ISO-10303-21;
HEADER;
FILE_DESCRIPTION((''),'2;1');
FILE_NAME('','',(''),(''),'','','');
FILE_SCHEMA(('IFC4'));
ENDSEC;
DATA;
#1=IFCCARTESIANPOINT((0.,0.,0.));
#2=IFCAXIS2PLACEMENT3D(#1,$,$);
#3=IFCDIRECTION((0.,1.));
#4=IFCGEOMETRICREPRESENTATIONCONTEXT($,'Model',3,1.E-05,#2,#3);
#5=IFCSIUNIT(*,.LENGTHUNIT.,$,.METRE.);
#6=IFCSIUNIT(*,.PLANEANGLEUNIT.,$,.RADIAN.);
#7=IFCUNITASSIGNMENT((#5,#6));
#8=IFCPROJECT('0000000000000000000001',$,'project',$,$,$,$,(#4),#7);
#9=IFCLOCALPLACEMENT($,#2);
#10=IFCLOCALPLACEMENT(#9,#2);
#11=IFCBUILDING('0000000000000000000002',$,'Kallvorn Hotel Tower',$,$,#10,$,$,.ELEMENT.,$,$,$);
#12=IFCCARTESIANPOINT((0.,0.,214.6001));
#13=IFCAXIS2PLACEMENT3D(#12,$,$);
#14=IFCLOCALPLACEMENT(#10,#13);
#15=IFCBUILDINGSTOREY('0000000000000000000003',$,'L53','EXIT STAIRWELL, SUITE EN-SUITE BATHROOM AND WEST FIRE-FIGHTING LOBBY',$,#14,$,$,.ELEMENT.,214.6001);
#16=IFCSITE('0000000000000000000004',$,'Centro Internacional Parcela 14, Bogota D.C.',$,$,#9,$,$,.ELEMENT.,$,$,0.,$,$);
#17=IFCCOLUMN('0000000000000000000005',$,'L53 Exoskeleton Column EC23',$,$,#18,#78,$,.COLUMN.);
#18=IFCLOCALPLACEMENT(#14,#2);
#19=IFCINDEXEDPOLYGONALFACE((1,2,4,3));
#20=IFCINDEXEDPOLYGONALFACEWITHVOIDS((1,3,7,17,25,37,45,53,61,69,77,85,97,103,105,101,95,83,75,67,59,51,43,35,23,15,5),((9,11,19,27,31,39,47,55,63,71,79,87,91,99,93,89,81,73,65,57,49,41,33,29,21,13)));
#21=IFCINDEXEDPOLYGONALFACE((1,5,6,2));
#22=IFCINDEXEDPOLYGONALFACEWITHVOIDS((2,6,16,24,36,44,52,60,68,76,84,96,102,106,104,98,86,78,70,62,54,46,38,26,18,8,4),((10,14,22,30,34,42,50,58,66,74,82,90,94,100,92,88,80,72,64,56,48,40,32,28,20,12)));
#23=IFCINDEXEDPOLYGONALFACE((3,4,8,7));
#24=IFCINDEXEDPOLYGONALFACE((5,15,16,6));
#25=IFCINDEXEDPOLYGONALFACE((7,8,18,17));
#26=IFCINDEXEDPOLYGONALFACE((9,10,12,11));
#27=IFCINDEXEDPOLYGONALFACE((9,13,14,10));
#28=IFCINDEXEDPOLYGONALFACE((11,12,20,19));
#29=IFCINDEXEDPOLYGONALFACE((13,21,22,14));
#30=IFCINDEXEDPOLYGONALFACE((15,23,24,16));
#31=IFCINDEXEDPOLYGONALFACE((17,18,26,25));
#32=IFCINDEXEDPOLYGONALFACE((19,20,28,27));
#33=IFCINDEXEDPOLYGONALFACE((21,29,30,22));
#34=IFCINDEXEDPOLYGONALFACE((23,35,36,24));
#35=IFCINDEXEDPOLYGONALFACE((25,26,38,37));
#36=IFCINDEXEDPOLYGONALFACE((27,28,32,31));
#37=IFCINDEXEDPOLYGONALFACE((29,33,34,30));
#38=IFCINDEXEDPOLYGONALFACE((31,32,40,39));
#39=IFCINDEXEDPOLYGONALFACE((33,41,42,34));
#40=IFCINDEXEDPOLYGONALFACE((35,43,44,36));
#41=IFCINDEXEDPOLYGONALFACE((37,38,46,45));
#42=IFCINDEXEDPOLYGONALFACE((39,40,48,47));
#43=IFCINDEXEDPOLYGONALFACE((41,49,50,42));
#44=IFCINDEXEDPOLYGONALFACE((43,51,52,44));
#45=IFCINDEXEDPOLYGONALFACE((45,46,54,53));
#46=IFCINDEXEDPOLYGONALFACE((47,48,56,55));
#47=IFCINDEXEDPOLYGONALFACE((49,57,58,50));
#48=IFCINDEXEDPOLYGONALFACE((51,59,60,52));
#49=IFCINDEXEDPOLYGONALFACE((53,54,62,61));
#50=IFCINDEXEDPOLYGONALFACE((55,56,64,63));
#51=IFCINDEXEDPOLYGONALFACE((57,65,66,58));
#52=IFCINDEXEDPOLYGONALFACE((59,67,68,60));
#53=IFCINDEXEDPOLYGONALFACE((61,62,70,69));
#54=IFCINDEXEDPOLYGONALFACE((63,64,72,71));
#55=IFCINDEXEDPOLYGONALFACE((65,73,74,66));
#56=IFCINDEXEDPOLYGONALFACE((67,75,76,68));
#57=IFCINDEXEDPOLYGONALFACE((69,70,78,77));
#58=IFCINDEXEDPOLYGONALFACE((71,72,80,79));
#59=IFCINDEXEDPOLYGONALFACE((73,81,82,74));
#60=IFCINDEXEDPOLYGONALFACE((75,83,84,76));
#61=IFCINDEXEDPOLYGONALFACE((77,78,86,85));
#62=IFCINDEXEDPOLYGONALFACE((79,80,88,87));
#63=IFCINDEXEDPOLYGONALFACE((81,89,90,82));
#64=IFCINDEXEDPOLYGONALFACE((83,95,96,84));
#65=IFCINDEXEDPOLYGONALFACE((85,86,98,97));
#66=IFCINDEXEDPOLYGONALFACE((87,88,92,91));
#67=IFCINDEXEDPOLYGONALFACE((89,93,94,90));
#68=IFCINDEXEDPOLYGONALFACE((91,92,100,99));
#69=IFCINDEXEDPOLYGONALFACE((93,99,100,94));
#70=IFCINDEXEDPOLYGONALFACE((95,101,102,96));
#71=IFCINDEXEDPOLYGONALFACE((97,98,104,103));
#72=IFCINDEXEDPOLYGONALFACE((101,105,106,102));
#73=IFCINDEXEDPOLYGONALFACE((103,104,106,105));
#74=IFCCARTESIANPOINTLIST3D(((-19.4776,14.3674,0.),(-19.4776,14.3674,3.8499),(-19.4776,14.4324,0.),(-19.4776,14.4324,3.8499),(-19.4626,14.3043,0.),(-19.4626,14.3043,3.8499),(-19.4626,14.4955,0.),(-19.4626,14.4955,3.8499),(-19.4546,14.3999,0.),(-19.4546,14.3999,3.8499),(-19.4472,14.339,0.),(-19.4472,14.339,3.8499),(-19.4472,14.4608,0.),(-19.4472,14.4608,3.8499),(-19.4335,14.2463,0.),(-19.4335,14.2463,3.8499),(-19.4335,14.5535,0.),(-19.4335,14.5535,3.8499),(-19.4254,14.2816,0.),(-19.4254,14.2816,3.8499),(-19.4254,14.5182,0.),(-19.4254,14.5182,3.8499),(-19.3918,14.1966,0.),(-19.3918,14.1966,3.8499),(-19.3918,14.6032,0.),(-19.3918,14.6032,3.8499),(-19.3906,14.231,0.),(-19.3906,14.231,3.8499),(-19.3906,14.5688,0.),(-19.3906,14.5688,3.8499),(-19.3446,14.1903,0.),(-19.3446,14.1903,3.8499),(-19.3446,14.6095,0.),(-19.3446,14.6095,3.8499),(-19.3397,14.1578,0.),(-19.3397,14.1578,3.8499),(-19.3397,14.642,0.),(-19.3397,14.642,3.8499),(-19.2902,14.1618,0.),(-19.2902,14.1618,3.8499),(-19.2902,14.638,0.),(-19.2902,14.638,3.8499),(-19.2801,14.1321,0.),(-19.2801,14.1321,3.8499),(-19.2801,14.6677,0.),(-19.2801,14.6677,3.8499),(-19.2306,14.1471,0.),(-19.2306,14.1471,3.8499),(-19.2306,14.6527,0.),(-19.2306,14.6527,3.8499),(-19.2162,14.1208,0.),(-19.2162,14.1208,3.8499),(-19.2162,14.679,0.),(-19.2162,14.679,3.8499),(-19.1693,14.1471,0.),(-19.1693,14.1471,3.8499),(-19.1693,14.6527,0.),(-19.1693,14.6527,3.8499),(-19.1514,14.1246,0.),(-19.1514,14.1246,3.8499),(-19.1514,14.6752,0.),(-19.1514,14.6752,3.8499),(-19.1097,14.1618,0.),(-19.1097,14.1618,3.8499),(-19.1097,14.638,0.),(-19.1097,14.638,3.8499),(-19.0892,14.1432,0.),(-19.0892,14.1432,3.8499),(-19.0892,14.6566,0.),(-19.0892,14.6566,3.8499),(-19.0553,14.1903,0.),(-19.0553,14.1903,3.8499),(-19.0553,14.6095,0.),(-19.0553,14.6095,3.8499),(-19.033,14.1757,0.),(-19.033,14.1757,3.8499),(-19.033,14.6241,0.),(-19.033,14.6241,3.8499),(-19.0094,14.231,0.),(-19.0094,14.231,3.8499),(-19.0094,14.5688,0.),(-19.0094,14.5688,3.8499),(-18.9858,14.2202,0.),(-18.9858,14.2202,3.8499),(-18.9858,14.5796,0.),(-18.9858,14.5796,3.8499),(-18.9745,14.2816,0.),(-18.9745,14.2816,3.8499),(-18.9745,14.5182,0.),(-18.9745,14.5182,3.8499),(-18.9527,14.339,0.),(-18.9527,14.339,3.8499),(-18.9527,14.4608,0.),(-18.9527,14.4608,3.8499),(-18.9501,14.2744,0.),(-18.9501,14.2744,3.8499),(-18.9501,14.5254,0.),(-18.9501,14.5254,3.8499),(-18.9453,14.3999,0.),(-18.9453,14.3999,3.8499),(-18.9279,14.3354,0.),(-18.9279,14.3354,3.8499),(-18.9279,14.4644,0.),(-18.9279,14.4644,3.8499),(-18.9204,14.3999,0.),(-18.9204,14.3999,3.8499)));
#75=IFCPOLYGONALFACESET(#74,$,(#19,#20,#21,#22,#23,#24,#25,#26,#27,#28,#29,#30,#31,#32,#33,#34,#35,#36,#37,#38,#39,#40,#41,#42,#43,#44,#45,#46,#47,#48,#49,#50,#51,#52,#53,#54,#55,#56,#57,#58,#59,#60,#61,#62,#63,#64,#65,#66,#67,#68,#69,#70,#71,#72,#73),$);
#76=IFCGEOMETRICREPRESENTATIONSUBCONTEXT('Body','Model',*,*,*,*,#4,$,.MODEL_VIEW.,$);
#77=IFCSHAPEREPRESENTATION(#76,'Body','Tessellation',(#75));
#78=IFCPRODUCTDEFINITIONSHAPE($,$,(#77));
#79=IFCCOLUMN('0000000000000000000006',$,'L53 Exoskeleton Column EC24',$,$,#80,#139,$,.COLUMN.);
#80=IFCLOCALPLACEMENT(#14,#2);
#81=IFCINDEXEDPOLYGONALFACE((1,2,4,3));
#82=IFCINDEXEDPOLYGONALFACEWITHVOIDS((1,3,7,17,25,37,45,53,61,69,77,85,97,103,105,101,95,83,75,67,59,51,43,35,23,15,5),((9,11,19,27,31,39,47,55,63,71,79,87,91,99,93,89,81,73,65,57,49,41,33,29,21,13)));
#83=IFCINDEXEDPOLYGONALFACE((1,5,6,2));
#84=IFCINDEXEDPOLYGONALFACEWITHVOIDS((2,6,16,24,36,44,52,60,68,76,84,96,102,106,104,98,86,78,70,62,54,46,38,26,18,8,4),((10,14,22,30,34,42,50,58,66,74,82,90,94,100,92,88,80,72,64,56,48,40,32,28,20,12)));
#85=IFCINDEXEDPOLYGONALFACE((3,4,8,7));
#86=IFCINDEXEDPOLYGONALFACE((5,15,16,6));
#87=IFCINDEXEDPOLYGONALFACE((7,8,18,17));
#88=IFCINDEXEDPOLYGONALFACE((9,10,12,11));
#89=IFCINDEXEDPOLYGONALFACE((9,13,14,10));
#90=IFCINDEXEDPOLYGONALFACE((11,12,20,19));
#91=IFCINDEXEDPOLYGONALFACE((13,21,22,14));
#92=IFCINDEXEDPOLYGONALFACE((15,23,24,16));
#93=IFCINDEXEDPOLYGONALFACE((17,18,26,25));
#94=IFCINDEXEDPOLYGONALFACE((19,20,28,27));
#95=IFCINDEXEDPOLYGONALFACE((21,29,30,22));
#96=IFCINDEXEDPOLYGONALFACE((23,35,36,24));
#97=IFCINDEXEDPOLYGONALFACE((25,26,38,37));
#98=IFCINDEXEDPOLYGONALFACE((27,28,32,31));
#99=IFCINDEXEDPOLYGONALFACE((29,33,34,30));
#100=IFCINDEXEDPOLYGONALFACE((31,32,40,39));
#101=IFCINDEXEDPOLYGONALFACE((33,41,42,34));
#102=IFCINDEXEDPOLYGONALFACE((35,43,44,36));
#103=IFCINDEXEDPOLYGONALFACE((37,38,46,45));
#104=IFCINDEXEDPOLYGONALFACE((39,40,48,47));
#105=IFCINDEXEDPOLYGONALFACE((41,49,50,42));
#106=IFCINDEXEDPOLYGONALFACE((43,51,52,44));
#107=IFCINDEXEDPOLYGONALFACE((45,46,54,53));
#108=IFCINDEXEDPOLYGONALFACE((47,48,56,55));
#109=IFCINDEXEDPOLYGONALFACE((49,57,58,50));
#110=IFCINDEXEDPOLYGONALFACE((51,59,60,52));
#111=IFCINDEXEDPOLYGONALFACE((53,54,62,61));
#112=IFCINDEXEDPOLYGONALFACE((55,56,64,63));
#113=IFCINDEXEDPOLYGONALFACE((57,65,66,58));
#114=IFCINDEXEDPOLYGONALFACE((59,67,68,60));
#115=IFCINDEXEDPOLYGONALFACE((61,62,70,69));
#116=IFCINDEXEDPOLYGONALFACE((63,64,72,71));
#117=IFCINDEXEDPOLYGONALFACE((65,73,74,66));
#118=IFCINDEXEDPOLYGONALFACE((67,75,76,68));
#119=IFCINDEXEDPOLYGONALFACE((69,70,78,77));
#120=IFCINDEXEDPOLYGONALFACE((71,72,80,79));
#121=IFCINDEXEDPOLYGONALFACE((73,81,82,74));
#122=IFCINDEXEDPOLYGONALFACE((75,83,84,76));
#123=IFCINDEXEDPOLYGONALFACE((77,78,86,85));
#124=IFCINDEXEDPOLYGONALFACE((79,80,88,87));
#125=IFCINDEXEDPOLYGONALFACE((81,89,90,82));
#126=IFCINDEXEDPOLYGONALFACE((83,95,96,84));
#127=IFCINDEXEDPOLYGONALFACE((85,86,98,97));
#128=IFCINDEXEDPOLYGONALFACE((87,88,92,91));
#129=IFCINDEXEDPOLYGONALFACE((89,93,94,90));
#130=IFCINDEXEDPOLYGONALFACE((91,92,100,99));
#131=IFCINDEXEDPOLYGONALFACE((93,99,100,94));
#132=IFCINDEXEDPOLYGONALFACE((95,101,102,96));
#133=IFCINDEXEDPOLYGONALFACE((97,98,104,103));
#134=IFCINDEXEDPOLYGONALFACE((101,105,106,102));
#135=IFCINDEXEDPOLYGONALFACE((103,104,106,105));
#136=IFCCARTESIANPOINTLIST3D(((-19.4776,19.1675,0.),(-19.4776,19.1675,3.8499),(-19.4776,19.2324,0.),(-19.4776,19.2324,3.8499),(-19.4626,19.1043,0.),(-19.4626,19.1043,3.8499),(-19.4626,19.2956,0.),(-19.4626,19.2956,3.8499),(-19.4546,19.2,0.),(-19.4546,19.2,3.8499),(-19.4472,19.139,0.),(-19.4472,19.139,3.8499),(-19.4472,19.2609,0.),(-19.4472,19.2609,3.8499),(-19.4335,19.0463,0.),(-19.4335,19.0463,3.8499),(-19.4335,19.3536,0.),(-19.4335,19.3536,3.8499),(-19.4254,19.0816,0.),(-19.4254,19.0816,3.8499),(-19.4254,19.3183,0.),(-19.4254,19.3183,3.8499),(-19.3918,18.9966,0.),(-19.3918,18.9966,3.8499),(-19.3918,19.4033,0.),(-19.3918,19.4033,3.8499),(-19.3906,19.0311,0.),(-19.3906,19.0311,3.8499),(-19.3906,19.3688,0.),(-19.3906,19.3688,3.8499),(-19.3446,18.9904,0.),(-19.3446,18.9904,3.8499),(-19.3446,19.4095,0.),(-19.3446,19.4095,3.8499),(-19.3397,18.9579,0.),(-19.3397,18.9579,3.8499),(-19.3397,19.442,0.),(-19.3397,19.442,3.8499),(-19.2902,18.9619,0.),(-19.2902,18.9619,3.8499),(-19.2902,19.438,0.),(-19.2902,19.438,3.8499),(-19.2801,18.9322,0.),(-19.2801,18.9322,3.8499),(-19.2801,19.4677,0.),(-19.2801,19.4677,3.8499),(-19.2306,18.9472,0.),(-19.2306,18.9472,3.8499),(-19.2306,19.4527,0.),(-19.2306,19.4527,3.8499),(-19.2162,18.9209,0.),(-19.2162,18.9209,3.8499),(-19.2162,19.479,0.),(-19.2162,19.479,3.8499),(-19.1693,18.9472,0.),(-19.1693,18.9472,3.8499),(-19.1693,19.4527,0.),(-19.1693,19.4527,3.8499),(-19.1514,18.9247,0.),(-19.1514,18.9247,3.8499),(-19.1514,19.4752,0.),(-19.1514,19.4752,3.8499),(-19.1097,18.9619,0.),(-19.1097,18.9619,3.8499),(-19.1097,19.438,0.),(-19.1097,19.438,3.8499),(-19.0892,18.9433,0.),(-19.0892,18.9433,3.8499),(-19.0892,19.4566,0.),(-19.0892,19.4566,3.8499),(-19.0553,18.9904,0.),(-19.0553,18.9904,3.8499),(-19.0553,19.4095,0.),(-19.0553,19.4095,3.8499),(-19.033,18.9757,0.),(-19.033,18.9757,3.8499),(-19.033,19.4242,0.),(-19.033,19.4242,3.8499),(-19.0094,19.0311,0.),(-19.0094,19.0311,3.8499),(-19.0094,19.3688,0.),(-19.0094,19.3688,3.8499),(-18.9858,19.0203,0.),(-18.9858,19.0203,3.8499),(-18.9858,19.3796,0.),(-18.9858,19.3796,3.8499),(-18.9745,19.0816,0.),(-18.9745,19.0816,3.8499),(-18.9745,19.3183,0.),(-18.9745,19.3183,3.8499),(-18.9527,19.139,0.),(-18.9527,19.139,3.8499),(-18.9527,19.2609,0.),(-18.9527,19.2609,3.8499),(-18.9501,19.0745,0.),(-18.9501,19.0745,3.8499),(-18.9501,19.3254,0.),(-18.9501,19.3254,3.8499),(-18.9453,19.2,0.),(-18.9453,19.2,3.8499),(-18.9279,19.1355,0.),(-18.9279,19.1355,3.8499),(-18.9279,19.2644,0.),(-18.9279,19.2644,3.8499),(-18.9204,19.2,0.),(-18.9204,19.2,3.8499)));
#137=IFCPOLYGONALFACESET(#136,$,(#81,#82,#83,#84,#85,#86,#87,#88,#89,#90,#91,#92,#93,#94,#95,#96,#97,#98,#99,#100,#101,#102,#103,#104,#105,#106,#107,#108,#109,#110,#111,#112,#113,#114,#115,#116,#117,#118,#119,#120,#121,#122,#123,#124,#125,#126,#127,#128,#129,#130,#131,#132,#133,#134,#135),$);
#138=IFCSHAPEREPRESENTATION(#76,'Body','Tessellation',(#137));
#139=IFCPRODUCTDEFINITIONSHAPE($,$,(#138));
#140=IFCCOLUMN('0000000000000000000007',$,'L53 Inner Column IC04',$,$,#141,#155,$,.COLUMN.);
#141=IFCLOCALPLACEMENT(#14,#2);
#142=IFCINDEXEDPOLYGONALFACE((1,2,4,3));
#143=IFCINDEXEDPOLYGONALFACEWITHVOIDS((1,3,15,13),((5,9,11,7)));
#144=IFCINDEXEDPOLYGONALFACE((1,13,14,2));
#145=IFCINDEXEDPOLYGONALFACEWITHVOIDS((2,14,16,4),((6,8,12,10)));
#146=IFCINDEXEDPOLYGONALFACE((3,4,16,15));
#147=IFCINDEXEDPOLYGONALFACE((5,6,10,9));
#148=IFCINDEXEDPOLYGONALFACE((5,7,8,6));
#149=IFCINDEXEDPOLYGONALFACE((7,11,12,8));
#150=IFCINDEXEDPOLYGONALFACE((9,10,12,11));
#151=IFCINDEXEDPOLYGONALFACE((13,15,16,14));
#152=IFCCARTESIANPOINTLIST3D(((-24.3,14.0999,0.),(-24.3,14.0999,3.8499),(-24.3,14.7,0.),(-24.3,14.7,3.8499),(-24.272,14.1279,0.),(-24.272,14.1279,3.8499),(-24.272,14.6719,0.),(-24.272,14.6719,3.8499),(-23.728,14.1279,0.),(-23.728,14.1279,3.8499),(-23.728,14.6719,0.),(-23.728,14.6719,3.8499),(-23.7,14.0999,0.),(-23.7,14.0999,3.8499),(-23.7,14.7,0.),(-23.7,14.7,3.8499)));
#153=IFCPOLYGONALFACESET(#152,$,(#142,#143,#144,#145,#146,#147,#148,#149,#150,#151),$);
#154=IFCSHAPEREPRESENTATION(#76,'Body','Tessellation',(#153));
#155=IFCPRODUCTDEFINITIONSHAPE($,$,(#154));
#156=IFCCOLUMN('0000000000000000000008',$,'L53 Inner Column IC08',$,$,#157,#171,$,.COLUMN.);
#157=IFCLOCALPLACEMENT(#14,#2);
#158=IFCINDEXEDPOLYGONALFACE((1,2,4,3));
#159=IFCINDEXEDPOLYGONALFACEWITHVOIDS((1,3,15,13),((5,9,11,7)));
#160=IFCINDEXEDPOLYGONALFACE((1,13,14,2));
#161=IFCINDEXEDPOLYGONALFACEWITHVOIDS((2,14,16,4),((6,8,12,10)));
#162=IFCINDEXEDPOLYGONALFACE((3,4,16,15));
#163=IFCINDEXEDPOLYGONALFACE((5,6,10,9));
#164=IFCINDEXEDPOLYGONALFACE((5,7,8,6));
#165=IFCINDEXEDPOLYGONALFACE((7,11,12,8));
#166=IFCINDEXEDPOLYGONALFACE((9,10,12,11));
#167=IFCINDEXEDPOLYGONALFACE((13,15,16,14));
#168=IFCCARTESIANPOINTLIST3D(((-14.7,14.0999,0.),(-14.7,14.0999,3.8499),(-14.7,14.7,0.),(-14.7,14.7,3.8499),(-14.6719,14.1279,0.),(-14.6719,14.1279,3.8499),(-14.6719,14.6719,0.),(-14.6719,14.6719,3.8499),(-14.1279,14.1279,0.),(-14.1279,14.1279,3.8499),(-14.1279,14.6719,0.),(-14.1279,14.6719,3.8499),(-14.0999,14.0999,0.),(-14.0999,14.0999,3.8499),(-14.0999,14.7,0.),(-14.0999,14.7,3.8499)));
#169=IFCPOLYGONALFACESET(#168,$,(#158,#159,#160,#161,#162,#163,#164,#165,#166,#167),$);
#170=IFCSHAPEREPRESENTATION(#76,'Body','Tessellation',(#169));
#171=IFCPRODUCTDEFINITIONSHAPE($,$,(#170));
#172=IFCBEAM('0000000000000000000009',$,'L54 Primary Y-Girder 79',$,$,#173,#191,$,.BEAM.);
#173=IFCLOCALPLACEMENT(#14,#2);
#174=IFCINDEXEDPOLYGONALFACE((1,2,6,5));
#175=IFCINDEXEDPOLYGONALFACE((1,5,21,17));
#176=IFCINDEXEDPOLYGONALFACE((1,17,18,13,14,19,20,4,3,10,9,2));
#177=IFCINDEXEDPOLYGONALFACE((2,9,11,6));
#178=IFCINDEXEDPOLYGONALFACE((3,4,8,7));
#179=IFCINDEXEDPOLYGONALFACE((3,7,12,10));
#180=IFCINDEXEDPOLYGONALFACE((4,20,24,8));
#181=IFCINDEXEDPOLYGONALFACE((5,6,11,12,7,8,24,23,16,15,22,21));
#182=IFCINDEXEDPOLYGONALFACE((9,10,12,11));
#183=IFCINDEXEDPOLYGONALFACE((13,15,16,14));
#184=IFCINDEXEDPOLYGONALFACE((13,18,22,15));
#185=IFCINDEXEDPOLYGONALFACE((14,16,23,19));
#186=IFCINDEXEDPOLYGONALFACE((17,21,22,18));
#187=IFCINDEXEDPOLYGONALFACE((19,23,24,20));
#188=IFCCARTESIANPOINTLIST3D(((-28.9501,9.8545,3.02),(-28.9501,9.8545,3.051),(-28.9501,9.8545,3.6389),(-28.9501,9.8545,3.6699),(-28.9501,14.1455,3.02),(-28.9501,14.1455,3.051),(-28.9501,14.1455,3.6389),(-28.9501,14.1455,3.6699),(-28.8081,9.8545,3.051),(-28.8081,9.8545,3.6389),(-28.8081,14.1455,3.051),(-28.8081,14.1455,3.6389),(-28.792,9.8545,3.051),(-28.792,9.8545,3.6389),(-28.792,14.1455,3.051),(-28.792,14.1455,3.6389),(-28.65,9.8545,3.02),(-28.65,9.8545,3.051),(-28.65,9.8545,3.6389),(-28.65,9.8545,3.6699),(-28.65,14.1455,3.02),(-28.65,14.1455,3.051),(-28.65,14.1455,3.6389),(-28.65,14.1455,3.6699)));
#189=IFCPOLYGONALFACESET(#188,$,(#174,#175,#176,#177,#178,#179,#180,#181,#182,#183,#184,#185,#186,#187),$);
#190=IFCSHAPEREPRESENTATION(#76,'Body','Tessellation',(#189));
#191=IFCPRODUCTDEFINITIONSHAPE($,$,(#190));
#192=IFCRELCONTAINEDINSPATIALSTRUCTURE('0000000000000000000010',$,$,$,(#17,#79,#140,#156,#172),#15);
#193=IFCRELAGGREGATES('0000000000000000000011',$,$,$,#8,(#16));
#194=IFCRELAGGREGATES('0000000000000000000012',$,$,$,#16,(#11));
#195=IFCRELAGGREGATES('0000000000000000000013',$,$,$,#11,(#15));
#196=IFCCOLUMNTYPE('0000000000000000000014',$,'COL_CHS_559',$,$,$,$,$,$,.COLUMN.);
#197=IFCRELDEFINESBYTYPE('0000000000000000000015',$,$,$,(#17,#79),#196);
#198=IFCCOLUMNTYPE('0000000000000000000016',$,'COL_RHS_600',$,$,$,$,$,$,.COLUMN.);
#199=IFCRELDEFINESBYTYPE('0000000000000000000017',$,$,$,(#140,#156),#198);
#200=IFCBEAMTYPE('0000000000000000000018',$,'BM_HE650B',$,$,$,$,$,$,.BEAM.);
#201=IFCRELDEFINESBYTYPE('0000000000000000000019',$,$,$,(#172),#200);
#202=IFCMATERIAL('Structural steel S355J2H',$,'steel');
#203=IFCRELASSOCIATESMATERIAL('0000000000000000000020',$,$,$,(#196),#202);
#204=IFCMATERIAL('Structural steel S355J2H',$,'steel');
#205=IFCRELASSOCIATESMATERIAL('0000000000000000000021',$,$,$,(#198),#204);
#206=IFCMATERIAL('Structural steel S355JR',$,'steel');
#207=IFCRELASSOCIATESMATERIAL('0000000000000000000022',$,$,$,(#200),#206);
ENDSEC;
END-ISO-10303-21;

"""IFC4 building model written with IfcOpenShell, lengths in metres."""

from ifc_helpers import new_model, si_unit, direction, frame, origin, origin_2d, place, context, subcontext, project, spatial, hollow_rectangle, hollow_circle, i_section, extrude, material, material_profile, profile_set, type_object, element, save


model = new_model("IFC4")

# Units and contexts
model_context = context("Model", 3, precision=1e-05, world=origin(), true_north=direction((0.0, 1.0)))
body_context = subcontext(model_context, "Body", "Model", "MODEL_VIEW")
ifc_project = project(units=[si_unit("LENGTHUNIT", "METRE"), si_unit("PLANEANGLEUNIT", "RADIAN")], contexts=[model_context])

# Site, building, storey
site_placement = place(None, origin())
site = spatial("IfcSite", under=ifc_project, at=site_placement, Name="Centro Internacional Parcela 14, Bogota D.C.", CompositionType="ELEMENT", RefElevation=0.0)
building_placement = place(site_placement, origin())
building = spatial("IfcBuilding", under=site, at=building_placement, Name="Kallvorn Hotel Tower", CompositionType="ELEMENT")
storey_placement = place(building_placement, frame((0.0, 0.0, 214.6001)))
storey = spatial("IfcBuildingStorey", under=building, at=storey_placement, Name="L53", Description="EXIT STAIRWELL, SUITE EN-SUITE BATHROOM AND WEST FIRE-FIGHTING LOBBY", CompositionType="ELEMENT", Elevation=214.6001)

# Columns
ifc_material_1 = material(Name="Structural steel S355J2H", Category="steel")
ifc_material_profile_1 = material_profile(ifc_material_1, hollow_circle(Radius=0.2795, WallThickness=0.0249, at=origin_2d()), Name="CHS 559x25")
ifc_profile_set_1 = profile_set([ifc_material_profile_1], Name="Structural steel S355J2H")
column_type_1 = type_object("IfcColumnType", Name="COL_CHS_559", PredefinedType="COLUMN", material=ifc_profile_set_1)
for number, where, z_axis, x_axis, name in (
    (1, (-19.2, 14.3999, 0.0), (0.0, 0.0, 1.0), (1.0, 0.0, 0.0), "L53 Exoskeleton Column EC23"),
    (2, (-19.2, 19.2, 0.0), (0.0, 0.0, 1.0), (1.0, 0.0, 0.0), "L53 Exoskeleton Column EC24"),
):
    element("IfcColumn", number, at=place(storey_placement, frame(where, z_axis=z_axis, x_axis=x_axis)), inside=storey, type_object=column_type_1, Name=name, PredefinedType="COLUMN", context=body_context, shape_type="SweptSolid", body=[
        extrude(hollow_circle(Radius=0.2795, WallThickness=0.0249, at=origin_2d()), origin(), (0.0, 0.0, 1.0), 3.8499),
    ])
ifc_material_2 = material(Name="Structural steel S355J2H", Category="steel")
ifc_material_profile_2 = material_profile(ifc_material_2, hollow_rectangle(XDim=0.6001, YDim=0.6001, WallThickness=0.0281, at=origin_2d()), Name="RHS 600x600x28")
ifc_profile_set_2 = profile_set([ifc_material_profile_2], Name="Structural steel S355J2H")
column_type_2 = type_object("IfcColumnType", Name="COL_RHS_600", PredefinedType="COLUMN", material=ifc_profile_set_2)
for number, where, z_axis, x_axis, name in (
    (3, (-24.0, 14.3999, 0.0), (0.0, 0.0, 1.0), (1.0, 0.0, 0.0), "L53 Inner Column IC04"),
    (4, (-14.3999, 14.3999, 0.0), (0.0, 0.0, 1.0), (1.0, 0.0, 0.0), "L53 Inner Column IC08"),
):
    element("IfcColumn", number, at=place(storey_placement, frame(where, z_axis=z_axis, x_axis=x_axis)), inside=storey, type_object=column_type_2, Name=name, PredefinedType="COLUMN", context=body_context, shape_type="SweptSolid", body=[
        extrude(hollow_rectangle(XDim=0.6001, YDim=0.6001, WallThickness=0.0281, at=origin_2d()), origin(), (0.0, 0.0, 1.0), 3.8499),
    ])

# Beam
ifc_material_3 = material(Name="Structural steel S355JR", Category="steel")
ifc_material_profile_3 = material_profile(ifc_material_3, i_section(OverallWidth=0.3, OverallDepth=0.6499, WebThickness=0.0161, FlangeThickness=0.031, at=origin_2d()), Name="HE 650 B")
ifc_profile_set_3 = profile_set([ifc_material_profile_3], Name="Structural steel S355JR")
beam_type_1 = type_object("IfcBeamType", Name="BM_HE650B", PredefinedType="BEAM", material=ifc_profile_set_3)
for number, where, z_axis, x_axis, name in (
    (5, (-28.8, 9.8545, 3.345), (0.0, 1.0, 0.0), (-1.0, 0.0, 0.0), "L54 Primary Y-Girder 79"),
):
    element("IfcBeam", number, at=place(storey_placement, frame(where, z_axis=z_axis, x_axis=x_axis)), inside=storey, type_object=beam_type_1, Name=name, PredefinedType="BEAM", context=body_context, shape_type="SweptSolid", body=[
        extrude(i_section(OverallWidth=0.3, OverallDepth=0.6499, WebThickness=0.0161, FlangeThickness=0.031, at=origin_2d()), origin(), (0.0, 0.0, 1.0), 4.291),
    ])

save(model, "model.ifc")
